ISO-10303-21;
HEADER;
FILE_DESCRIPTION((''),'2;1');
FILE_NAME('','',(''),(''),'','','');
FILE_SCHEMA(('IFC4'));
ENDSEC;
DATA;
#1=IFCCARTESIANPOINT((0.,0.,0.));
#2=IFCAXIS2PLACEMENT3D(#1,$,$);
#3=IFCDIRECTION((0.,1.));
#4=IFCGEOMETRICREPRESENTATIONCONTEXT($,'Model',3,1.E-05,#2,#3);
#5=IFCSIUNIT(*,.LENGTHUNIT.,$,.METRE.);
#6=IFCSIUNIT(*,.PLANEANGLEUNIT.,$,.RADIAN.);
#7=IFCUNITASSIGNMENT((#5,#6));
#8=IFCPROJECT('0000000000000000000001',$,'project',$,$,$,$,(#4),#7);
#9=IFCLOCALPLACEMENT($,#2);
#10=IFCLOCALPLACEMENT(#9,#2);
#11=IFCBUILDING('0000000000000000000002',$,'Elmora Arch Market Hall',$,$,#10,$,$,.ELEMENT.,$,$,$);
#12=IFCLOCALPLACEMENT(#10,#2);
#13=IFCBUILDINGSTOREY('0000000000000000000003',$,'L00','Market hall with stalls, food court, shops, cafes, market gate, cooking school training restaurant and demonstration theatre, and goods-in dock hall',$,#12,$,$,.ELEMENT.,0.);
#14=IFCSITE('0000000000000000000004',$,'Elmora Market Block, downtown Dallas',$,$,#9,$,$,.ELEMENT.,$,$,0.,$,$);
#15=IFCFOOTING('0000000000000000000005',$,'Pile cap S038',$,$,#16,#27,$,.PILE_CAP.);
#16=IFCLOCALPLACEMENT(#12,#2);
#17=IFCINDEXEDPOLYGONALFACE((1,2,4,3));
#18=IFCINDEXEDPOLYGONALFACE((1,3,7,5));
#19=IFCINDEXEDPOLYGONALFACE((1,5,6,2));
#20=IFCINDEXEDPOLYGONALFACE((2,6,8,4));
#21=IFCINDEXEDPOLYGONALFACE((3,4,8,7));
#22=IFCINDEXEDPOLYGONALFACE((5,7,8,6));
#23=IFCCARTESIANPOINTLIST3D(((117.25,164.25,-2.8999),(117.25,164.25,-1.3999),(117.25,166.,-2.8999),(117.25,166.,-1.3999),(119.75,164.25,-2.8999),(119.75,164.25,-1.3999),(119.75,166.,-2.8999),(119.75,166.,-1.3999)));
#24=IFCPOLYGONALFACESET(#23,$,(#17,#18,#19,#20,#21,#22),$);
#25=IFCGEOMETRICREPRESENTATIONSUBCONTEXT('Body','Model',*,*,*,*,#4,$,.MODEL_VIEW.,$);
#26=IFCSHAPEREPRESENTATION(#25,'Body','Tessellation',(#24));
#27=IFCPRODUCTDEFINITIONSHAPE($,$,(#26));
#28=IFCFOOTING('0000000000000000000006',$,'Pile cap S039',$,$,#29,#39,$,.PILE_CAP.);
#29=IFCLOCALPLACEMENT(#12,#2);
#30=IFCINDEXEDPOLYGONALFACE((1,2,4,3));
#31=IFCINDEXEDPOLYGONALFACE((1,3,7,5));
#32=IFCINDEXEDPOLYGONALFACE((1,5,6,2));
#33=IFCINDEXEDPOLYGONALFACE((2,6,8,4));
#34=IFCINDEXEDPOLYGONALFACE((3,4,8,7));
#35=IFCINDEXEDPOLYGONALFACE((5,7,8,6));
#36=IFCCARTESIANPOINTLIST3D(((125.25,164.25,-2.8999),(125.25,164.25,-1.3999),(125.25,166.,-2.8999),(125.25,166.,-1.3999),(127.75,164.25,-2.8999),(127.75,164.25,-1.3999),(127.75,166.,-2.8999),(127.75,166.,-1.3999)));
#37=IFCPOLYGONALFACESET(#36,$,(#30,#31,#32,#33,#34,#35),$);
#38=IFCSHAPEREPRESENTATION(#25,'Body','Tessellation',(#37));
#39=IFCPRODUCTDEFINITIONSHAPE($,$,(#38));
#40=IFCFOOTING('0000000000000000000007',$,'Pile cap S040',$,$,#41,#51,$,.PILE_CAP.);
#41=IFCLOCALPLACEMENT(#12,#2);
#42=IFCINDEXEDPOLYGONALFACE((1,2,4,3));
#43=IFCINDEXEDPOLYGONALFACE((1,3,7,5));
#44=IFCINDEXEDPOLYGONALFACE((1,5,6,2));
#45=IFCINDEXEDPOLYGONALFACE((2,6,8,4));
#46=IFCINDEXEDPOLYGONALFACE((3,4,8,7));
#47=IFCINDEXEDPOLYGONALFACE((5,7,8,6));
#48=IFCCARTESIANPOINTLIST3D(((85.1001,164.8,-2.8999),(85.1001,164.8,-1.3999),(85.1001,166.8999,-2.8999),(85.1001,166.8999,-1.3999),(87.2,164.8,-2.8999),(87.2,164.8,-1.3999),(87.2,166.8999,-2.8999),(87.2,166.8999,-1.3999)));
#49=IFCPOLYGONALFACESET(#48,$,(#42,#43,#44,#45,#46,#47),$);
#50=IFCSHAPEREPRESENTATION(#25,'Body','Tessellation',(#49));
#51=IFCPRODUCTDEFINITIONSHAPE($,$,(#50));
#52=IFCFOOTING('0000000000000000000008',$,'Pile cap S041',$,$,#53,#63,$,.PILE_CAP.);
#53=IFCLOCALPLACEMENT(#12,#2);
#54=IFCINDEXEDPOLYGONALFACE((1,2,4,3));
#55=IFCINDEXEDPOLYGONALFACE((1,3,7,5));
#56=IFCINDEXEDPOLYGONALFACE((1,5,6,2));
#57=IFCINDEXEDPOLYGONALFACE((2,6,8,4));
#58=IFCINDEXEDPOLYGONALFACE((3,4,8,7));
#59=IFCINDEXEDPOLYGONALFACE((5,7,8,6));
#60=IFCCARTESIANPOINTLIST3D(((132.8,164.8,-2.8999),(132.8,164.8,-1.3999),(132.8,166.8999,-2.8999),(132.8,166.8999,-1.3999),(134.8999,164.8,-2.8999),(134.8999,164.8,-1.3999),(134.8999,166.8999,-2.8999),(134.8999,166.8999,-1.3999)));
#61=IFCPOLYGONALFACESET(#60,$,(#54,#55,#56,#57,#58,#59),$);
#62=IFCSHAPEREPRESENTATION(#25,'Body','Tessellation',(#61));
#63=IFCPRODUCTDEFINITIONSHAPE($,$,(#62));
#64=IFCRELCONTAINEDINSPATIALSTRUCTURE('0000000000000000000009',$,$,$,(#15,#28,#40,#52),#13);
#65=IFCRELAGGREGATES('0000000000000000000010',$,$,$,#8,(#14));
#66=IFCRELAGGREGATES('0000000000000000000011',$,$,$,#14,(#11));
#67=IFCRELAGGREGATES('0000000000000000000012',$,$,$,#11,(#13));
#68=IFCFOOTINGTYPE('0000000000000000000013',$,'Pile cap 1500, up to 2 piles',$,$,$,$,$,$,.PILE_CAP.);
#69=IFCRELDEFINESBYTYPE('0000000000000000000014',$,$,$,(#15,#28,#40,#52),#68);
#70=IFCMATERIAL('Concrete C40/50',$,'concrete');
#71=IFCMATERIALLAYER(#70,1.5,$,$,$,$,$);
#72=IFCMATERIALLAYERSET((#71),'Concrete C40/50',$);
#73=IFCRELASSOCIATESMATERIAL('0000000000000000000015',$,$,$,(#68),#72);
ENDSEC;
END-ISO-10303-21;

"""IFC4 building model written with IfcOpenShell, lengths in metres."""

from ifc_helpers import new_model, si_unit, direction, frame, origin, place, context, subcontext, project, spatial, polyline, outline, extrude, material, layer, layer_set, type_object, element, save


model = new_model("IFC4")

# Units and contexts
model_context = context("Model", 3, precision=1e-05, world=origin(), true_north=direction((0.0, 1.0)))
body_context = subcontext(model_context, "Body", "Model", "MODEL_VIEW")
ifc_project = project(units=[si_unit("LENGTHUNIT", "METRE"), si_unit("PLANEANGLEUNIT", "RADIAN")], contexts=[model_context])

# Site, building, storey
site_placement = place(None, origin())
site = spatial("IfcSite", under=ifc_project, at=site_placement, Name="Elmora Market Block, downtown Dallas", CompositionType="ELEMENT", RefElevation=0.0)
building_placement = place(site_placement, origin())
building = spatial("IfcBuilding", under=site, at=building_placement, Name="Elmora Arch Market Hall", CompositionType="ELEMENT")
storey_placement = place(building_placement, origin())
storey = spatial("IfcBuildingStorey", under=building, at=storey_placement, Name="L00", Description="Market hall with stalls, food court, shops, cafes, market gate, cooking school training restaurant and demonstration theatre, and goods-in dock hall", CompositionType="ELEMENT", Elevation=0.0)

# Footings
ifc_material_1 = material(Name="Concrete C40/50", Category="concrete")
ifc_layer_1 = layer(ifc_material_1, 1.5)
ifc_layer_set_1 = layer_set([ifc_layer_1], Name="Concrete C40/50")
footing_type_1 = type_object("IfcFootingType", Name="Pile cap 1500, up to 2 piles", PredefinedType="PILE_CAP", material=ifc_layer_set_1)
footing_1_placement = place(storey_placement, frame((0.0, 0.0, -2.8999)))
element("IfcFooting", 1, at=footing_1_placement, inside=storey, type_object=footing_type_1, Name="Pile cap S038", PredefinedType="PILE_CAP", context=body_context, shape_type="SweptSolid", body=[
    extrude(outline(polyline([(119.75, 164.25), (117.25, 164.25), (117.25, 166.0), (119.75, 166.0), (119.75, 164.25)])), origin(), (0.0, 0.0, 1.0), 1.5),
])
footing_2_placement = place(storey_placement, frame((0.0, 0.0, -2.8999)))
element("IfcFooting", 2, at=footing_2_placement, inside=storey, type_object=footing_type_1, Name="Pile cap S039", PredefinedType="PILE_CAP", context=body_context, shape_type="SweptSolid", body=[
    extrude(outline(polyline([(127.75, 164.25), (125.25, 164.25), (125.25, 166.0), (127.75, 166.0), (127.75, 164.25)])), origin(), (0.0, 0.0, 1.0), 1.5),
])
footing_3_placement = place(storey_placement, frame((0.0, 0.0, -2.8999)))
element("IfcFooting", 3, at=footing_3_placement, inside=storey, type_object=footing_type_1, Name="Pile cap S040", PredefinedType="PILE_CAP", context=body_context, shape_type="SweptSolid", body=[
    extrude(outline(polyline([(87.2, 164.8), (85.1001, 164.8), (85.1001, 166.8999), (87.2, 166.8999), (87.2, 164.8)])), origin(), (0.0, 0.0, 1.0), 1.5),
])
footing_4_placement = place(storey_placement, frame((0.0, 0.0, -2.8999)))
element("IfcFooting", 4, at=footing_4_placement, inside=storey, type_object=footing_type_1, Name="Pile cap S041", PredefinedType="PILE_CAP", context=body_context, shape_type="SweptSolid", body=[
    extrude(outline(polyline([(134.8999, 164.8), (132.8, 164.8), (132.8, 166.8999), (134.8999, 166.8999), (134.8999, 164.8)])), origin(), (0.0, 0.0, 1.0), 1.5),
])

save(model, "model.ifc")
